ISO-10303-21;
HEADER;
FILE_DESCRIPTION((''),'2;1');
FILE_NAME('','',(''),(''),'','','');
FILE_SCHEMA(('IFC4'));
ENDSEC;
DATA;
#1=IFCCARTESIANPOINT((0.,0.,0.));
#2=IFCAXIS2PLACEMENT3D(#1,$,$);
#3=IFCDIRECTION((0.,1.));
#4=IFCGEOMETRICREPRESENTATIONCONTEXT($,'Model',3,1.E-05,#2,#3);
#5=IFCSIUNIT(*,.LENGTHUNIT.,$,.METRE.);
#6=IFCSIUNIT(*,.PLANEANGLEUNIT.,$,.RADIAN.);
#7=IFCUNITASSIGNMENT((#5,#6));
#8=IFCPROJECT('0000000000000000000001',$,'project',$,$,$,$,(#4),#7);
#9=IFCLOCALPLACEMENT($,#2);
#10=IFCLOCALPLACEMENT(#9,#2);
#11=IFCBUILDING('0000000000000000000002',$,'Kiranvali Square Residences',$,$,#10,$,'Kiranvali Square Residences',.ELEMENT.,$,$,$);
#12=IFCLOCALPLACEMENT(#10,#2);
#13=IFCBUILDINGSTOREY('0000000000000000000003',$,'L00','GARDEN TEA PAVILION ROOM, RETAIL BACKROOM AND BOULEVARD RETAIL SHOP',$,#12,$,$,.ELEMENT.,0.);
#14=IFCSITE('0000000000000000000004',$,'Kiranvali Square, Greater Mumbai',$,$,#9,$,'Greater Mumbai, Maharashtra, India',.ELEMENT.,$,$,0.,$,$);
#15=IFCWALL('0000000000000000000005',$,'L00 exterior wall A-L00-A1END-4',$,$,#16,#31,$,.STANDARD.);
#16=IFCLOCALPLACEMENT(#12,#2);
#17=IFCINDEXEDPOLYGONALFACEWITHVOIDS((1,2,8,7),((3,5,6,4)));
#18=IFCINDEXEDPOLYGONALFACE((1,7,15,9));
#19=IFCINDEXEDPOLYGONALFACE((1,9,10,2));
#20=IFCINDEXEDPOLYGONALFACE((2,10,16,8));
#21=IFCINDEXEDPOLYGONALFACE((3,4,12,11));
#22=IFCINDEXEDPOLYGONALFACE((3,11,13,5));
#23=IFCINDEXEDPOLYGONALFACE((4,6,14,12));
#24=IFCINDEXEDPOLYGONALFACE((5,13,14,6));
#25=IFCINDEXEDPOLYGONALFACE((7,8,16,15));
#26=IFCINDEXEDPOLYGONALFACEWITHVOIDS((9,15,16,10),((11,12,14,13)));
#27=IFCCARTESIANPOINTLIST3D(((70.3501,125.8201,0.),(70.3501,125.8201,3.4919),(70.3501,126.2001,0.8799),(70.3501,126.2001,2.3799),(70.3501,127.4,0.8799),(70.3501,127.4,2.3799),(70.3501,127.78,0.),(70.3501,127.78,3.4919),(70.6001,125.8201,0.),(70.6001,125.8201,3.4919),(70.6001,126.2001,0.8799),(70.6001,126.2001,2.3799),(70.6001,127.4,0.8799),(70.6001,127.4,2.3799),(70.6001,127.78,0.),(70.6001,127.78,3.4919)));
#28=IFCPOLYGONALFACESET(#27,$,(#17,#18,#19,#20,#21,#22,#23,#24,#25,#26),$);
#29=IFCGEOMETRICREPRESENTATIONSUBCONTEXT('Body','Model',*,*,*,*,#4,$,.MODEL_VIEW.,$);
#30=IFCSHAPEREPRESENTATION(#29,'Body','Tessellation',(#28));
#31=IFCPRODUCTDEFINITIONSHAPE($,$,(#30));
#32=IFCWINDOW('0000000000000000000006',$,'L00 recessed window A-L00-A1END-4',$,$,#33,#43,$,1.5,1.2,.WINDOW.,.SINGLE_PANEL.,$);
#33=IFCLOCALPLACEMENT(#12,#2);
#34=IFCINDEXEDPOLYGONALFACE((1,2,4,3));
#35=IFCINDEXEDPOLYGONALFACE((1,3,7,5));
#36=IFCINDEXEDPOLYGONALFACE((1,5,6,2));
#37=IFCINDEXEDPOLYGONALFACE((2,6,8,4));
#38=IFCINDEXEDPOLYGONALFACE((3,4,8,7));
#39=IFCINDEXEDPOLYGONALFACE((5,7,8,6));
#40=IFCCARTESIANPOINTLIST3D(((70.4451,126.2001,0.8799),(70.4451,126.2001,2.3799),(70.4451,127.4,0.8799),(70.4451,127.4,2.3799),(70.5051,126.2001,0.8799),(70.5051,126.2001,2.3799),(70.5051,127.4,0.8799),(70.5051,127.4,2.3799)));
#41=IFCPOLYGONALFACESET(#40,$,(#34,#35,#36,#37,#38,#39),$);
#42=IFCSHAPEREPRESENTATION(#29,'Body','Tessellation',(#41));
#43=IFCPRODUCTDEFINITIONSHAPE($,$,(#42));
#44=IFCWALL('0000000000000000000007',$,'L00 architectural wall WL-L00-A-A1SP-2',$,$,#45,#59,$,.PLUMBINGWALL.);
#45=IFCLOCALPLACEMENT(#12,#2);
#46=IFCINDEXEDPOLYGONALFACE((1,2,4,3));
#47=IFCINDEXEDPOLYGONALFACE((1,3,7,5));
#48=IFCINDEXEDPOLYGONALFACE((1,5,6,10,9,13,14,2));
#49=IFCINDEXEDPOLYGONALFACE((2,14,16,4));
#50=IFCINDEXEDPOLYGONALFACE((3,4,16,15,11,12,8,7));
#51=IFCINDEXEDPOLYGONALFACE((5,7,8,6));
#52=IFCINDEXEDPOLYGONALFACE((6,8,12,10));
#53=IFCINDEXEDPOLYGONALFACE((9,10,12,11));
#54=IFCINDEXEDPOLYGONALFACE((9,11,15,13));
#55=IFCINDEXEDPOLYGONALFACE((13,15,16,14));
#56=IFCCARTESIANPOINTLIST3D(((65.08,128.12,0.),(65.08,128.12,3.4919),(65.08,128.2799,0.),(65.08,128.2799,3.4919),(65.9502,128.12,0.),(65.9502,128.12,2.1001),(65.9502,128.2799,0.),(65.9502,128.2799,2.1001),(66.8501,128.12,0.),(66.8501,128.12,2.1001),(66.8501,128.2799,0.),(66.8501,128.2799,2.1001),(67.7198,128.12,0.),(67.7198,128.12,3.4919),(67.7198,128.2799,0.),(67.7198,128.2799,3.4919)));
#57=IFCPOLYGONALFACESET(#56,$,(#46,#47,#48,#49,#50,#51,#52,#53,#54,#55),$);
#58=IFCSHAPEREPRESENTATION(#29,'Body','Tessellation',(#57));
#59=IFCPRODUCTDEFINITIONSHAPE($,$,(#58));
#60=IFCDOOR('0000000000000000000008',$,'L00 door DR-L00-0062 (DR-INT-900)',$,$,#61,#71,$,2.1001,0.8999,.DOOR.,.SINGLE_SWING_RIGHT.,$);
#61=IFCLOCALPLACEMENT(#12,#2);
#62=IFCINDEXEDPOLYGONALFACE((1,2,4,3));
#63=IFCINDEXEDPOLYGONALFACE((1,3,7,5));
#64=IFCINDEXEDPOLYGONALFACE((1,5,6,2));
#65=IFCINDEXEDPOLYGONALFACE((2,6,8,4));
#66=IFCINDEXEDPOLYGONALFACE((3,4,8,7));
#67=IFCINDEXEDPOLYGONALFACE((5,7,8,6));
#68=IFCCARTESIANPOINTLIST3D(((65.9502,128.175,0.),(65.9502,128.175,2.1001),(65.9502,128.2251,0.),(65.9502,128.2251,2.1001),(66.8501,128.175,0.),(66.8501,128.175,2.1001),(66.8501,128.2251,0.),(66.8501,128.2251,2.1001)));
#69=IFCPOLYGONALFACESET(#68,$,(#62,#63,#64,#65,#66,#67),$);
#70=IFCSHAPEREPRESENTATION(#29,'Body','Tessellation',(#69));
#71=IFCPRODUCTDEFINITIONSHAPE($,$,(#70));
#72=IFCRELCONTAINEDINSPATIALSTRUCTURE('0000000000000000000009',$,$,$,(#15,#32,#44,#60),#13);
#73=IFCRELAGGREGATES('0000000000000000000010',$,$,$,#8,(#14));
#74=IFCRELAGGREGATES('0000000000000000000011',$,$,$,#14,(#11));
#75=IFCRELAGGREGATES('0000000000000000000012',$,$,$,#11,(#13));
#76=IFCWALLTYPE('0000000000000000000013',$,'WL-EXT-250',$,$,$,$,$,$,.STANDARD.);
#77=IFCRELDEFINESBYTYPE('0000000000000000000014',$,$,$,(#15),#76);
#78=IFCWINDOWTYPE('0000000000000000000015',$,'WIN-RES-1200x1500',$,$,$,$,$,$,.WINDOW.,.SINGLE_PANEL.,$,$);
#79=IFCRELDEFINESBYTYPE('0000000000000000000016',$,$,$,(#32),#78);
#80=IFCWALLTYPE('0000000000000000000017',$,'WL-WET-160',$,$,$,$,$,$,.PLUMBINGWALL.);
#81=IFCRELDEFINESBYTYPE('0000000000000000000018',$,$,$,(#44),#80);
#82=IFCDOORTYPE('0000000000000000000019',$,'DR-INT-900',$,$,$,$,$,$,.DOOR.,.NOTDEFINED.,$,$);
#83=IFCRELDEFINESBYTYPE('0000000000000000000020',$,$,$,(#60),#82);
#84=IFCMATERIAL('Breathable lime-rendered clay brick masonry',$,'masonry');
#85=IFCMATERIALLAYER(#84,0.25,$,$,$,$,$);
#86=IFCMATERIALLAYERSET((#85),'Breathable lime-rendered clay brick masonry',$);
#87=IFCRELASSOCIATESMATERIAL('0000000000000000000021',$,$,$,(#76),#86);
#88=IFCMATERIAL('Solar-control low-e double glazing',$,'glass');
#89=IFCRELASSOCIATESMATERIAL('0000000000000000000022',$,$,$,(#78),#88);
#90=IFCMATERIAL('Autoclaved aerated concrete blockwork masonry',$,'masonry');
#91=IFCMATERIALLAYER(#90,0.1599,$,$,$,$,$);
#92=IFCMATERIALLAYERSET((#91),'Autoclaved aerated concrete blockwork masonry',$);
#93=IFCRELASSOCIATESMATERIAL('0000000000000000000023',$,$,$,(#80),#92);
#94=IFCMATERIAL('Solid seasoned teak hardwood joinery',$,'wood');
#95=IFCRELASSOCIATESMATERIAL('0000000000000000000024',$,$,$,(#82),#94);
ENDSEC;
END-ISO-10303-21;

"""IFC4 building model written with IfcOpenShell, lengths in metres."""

from ifc_helpers import new_model, si_unit, direction, frame, frame_2d, origin, place, context, subcontext, project, spatial, rectangle, extrude, material, layer, layer_set, type_object, element, fill, save


model = new_model("IFC4")

# Units and contexts
model_context = context("Model", 3, precision=1e-05, world=origin(), true_north=direction((0.0, 1.0)))
body_context = subcontext(model_context, "Body", "Model", "MODEL_VIEW")
ifc_project = project(units=[si_unit("LENGTHUNIT", "METRE"), si_unit("PLANEANGLEUNIT", "RADIAN")], contexts=[model_context])

# Site, building, storey
site_placement = place(None, origin())
site = spatial("IfcSite", under=ifc_project, at=site_placement, Name="Kiranvali Square, Greater Mumbai", LongName="Greater Mumbai, Maharashtra, India", CompositionType="ELEMENT", RefElevation=0.0)
building_placement = place(site_placement, origin())
building = spatial("IfcBuilding", under=site, at=building_placement, Name="Kiranvali Square Residences", LongName="Kiranvali Square Residences", CompositionType="ELEMENT")
storey_placement = place(building_placement, origin())
storey = spatial("IfcBuildingStorey", under=building, at=storey_placement, Name="L00", Description="GARDEN TEA PAVILION ROOM, RETAIL BACKROOM AND BOULEVARD RETAIL SHOP", CompositionType="ELEMENT", Elevation=0.0)

# Wall, opening, window
ifc_material_1 = material(Name="Breathable lime-rendered clay brick masonry", Category="masonry")
ifc_layer_1 = layer(ifc_material_1, 0.25)
ifc_layer_set_1 = layer_set([ifc_layer_1], Name="Breathable lime-rendered clay brick masonry")
wall_type_1 = type_object("IfcWallType", Name="WL-EXT-250", PredefinedType="STANDARD", material=ifc_layer_set_1)
ifc_material_2 = material(Name="Solar-control low-e double glazing", Category="glass")
window_type = type_object("IfcWindowType", Name="WIN-RES-1200x1500", PartitioningType="SINGLE_PANEL", PredefinedType="WINDOW", material=ifc_material_2)
wall_1_placement = place(storey_placement, frame((70.4751, 125.8201, 0.0), z_axis=(0.0, 0.0, 1.0), x_axis=(0.0, 1.0, 0.0)))
wall_1 = element("IfcWall", 1, at=wall_1_placement, inside=storey, type_object=wall_type_1, Name="L00 exterior wall A-L00-A1END-4", PredefinedType="STANDARD", context=body_context, shape_type="SweptSolid", body=[
    extrude(rectangle(XDim=1.96, YDim=0.25, at=frame_2d((0.98, 0.0))), origin(), (0.0, 0.0, 1.0), 3.4919),
])
opening_1_placement = place(wall_1_placement, frame((0.3799, 0.0, 0.8799)))
opening_1 = element("IfcOpeningElement", 2, at=opening_1_placement, cuts=wall_1, PredefinedType="OPENING", context=body_context, shape_type="SweptSolid", body=[
    extrude(rectangle(XDim=1.2, YDim=1.5, at=frame_2d((0.6001, 0.75))), frame((0.0, 0.135, 0.0), z_axis=(0.0, -1.0, 0.0), x_axis=(1.0, 0.0, 0.0)), (0.0, 0.0, 1.0), 0.27),
])
window_1_placement = place(opening_1_placement, origin())
window_1 = element("IfcWindow", 3, at=window_1_placement, inside=storey, type_object=window_type, Name="L00 recessed window A-L00-A1END-4", OverallHeight=1.5, OverallWidth=1.2, PartitioningType="SINGLE_PANEL", PredefinedType="WINDOW", context=body_context, shape_type="SweptSolid", body=[
    extrude(rectangle(XDim=1.2, YDim=1.5, at=frame_2d((0.6001, 0.75))), frame((0.0, 0.03, 0.0), z_axis=(0.0, -1.0, 0.0), x_axis=(1.0, 0.0, 0.0)), (0.0, 0.0, 1.0), 0.0601),
])
fill(opening_1, window_1)

# Wall, opening, door
ifc_material_3 = material(Name="Autoclaved aerated concrete blockwork masonry", Category="masonry")
ifc_layer_2 = layer(ifc_material_3, 0.1599)
ifc_layer_set_2 = layer_set([ifc_layer_2], Name="Autoclaved aerated concrete blockwork masonry")
wall_type_2 = type_object("IfcWallType", Name="WL-WET-160", PredefinedType="PLUMBINGWALL", material=ifc_layer_set_2)
wall_2_placement = place(storey_placement, frame((65.0801, 128.2, 0.0), z_axis=(0.0, 0.0, 1.0), x_axis=(1.0, 0.0, 0.0)))
wall_2 = element("IfcWall", 4, at=wall_2_placement, inside=storey, type_object=wall_type_2, Name="L00 architectural wall WL-L00-A-A1SP-2", PredefinedType="PLUMBINGWALL", context=body_context, shape_type="SweptSolid", body=[
    extrude(rectangle(XDim=2.6399, YDim=0.1599, at=frame_2d((1.3198, 0.0))), origin(), (0.0, 0.0, 1.0), 3.4919),
])
opening_2_placement = place(wall_2_placement, frame((0.8701, 0.0, 0.0)))
opening_2 = element("IfcOpeningElement", 5, at=opening_2_placement, cuts=wall_2, PredefinedType="OPENING", context=body_context, shape_type="SweptSolid", body=[
    extrude(rectangle(XDim=0.8999, YDim=2.1001, at=frame_2d((0.45, 1.05))), frame((0.0, 0.0898, 0.0), z_axis=(0.0, -1.0, 0.0), x_axis=(1.0, 0.0, 0.0)), (0.0, 0.0, 1.0), 0.1799),
])
ifc_material_4 = material(Name="Solid seasoned teak hardwood joinery", Category="wood")
door_type = type_object("IfcDoorType", Name="DR-INT-900", OperationType="NOTDEFINED", PredefinedType="DOOR", material=ifc_material_4)
door_placement = place(opening_2_placement, frame((0.8999, 0.0, 0.0), z_axis=(0.0, 0.0, 1.0), x_axis=(-1.0, 0.0, 0.0)))
door = element("IfcDoor", 6, at=door_placement, inside=storey, type_object=door_type, Name="L00 door DR-L00-0062 (DR-INT-900)", OperationType="SINGLE_SWING_RIGHT", OverallHeight=2.1001, OverallWidth=0.8999, PredefinedType="DOOR", context=body_context, shape_type="SweptSolid", body=[
    extrude(rectangle(XDim=0.8999, YDim=2.1001, at=frame_2d((0.45, 1.05))), frame((0.0, 0.0249, 0.0), z_axis=(0.0, -1.0, 0.0), x_axis=(1.0, 0.0, 0.0)), (0.0, 0.0, 1.0), 0.05),
])
fill(opening_2, door)

save(model, "model.ifc")
